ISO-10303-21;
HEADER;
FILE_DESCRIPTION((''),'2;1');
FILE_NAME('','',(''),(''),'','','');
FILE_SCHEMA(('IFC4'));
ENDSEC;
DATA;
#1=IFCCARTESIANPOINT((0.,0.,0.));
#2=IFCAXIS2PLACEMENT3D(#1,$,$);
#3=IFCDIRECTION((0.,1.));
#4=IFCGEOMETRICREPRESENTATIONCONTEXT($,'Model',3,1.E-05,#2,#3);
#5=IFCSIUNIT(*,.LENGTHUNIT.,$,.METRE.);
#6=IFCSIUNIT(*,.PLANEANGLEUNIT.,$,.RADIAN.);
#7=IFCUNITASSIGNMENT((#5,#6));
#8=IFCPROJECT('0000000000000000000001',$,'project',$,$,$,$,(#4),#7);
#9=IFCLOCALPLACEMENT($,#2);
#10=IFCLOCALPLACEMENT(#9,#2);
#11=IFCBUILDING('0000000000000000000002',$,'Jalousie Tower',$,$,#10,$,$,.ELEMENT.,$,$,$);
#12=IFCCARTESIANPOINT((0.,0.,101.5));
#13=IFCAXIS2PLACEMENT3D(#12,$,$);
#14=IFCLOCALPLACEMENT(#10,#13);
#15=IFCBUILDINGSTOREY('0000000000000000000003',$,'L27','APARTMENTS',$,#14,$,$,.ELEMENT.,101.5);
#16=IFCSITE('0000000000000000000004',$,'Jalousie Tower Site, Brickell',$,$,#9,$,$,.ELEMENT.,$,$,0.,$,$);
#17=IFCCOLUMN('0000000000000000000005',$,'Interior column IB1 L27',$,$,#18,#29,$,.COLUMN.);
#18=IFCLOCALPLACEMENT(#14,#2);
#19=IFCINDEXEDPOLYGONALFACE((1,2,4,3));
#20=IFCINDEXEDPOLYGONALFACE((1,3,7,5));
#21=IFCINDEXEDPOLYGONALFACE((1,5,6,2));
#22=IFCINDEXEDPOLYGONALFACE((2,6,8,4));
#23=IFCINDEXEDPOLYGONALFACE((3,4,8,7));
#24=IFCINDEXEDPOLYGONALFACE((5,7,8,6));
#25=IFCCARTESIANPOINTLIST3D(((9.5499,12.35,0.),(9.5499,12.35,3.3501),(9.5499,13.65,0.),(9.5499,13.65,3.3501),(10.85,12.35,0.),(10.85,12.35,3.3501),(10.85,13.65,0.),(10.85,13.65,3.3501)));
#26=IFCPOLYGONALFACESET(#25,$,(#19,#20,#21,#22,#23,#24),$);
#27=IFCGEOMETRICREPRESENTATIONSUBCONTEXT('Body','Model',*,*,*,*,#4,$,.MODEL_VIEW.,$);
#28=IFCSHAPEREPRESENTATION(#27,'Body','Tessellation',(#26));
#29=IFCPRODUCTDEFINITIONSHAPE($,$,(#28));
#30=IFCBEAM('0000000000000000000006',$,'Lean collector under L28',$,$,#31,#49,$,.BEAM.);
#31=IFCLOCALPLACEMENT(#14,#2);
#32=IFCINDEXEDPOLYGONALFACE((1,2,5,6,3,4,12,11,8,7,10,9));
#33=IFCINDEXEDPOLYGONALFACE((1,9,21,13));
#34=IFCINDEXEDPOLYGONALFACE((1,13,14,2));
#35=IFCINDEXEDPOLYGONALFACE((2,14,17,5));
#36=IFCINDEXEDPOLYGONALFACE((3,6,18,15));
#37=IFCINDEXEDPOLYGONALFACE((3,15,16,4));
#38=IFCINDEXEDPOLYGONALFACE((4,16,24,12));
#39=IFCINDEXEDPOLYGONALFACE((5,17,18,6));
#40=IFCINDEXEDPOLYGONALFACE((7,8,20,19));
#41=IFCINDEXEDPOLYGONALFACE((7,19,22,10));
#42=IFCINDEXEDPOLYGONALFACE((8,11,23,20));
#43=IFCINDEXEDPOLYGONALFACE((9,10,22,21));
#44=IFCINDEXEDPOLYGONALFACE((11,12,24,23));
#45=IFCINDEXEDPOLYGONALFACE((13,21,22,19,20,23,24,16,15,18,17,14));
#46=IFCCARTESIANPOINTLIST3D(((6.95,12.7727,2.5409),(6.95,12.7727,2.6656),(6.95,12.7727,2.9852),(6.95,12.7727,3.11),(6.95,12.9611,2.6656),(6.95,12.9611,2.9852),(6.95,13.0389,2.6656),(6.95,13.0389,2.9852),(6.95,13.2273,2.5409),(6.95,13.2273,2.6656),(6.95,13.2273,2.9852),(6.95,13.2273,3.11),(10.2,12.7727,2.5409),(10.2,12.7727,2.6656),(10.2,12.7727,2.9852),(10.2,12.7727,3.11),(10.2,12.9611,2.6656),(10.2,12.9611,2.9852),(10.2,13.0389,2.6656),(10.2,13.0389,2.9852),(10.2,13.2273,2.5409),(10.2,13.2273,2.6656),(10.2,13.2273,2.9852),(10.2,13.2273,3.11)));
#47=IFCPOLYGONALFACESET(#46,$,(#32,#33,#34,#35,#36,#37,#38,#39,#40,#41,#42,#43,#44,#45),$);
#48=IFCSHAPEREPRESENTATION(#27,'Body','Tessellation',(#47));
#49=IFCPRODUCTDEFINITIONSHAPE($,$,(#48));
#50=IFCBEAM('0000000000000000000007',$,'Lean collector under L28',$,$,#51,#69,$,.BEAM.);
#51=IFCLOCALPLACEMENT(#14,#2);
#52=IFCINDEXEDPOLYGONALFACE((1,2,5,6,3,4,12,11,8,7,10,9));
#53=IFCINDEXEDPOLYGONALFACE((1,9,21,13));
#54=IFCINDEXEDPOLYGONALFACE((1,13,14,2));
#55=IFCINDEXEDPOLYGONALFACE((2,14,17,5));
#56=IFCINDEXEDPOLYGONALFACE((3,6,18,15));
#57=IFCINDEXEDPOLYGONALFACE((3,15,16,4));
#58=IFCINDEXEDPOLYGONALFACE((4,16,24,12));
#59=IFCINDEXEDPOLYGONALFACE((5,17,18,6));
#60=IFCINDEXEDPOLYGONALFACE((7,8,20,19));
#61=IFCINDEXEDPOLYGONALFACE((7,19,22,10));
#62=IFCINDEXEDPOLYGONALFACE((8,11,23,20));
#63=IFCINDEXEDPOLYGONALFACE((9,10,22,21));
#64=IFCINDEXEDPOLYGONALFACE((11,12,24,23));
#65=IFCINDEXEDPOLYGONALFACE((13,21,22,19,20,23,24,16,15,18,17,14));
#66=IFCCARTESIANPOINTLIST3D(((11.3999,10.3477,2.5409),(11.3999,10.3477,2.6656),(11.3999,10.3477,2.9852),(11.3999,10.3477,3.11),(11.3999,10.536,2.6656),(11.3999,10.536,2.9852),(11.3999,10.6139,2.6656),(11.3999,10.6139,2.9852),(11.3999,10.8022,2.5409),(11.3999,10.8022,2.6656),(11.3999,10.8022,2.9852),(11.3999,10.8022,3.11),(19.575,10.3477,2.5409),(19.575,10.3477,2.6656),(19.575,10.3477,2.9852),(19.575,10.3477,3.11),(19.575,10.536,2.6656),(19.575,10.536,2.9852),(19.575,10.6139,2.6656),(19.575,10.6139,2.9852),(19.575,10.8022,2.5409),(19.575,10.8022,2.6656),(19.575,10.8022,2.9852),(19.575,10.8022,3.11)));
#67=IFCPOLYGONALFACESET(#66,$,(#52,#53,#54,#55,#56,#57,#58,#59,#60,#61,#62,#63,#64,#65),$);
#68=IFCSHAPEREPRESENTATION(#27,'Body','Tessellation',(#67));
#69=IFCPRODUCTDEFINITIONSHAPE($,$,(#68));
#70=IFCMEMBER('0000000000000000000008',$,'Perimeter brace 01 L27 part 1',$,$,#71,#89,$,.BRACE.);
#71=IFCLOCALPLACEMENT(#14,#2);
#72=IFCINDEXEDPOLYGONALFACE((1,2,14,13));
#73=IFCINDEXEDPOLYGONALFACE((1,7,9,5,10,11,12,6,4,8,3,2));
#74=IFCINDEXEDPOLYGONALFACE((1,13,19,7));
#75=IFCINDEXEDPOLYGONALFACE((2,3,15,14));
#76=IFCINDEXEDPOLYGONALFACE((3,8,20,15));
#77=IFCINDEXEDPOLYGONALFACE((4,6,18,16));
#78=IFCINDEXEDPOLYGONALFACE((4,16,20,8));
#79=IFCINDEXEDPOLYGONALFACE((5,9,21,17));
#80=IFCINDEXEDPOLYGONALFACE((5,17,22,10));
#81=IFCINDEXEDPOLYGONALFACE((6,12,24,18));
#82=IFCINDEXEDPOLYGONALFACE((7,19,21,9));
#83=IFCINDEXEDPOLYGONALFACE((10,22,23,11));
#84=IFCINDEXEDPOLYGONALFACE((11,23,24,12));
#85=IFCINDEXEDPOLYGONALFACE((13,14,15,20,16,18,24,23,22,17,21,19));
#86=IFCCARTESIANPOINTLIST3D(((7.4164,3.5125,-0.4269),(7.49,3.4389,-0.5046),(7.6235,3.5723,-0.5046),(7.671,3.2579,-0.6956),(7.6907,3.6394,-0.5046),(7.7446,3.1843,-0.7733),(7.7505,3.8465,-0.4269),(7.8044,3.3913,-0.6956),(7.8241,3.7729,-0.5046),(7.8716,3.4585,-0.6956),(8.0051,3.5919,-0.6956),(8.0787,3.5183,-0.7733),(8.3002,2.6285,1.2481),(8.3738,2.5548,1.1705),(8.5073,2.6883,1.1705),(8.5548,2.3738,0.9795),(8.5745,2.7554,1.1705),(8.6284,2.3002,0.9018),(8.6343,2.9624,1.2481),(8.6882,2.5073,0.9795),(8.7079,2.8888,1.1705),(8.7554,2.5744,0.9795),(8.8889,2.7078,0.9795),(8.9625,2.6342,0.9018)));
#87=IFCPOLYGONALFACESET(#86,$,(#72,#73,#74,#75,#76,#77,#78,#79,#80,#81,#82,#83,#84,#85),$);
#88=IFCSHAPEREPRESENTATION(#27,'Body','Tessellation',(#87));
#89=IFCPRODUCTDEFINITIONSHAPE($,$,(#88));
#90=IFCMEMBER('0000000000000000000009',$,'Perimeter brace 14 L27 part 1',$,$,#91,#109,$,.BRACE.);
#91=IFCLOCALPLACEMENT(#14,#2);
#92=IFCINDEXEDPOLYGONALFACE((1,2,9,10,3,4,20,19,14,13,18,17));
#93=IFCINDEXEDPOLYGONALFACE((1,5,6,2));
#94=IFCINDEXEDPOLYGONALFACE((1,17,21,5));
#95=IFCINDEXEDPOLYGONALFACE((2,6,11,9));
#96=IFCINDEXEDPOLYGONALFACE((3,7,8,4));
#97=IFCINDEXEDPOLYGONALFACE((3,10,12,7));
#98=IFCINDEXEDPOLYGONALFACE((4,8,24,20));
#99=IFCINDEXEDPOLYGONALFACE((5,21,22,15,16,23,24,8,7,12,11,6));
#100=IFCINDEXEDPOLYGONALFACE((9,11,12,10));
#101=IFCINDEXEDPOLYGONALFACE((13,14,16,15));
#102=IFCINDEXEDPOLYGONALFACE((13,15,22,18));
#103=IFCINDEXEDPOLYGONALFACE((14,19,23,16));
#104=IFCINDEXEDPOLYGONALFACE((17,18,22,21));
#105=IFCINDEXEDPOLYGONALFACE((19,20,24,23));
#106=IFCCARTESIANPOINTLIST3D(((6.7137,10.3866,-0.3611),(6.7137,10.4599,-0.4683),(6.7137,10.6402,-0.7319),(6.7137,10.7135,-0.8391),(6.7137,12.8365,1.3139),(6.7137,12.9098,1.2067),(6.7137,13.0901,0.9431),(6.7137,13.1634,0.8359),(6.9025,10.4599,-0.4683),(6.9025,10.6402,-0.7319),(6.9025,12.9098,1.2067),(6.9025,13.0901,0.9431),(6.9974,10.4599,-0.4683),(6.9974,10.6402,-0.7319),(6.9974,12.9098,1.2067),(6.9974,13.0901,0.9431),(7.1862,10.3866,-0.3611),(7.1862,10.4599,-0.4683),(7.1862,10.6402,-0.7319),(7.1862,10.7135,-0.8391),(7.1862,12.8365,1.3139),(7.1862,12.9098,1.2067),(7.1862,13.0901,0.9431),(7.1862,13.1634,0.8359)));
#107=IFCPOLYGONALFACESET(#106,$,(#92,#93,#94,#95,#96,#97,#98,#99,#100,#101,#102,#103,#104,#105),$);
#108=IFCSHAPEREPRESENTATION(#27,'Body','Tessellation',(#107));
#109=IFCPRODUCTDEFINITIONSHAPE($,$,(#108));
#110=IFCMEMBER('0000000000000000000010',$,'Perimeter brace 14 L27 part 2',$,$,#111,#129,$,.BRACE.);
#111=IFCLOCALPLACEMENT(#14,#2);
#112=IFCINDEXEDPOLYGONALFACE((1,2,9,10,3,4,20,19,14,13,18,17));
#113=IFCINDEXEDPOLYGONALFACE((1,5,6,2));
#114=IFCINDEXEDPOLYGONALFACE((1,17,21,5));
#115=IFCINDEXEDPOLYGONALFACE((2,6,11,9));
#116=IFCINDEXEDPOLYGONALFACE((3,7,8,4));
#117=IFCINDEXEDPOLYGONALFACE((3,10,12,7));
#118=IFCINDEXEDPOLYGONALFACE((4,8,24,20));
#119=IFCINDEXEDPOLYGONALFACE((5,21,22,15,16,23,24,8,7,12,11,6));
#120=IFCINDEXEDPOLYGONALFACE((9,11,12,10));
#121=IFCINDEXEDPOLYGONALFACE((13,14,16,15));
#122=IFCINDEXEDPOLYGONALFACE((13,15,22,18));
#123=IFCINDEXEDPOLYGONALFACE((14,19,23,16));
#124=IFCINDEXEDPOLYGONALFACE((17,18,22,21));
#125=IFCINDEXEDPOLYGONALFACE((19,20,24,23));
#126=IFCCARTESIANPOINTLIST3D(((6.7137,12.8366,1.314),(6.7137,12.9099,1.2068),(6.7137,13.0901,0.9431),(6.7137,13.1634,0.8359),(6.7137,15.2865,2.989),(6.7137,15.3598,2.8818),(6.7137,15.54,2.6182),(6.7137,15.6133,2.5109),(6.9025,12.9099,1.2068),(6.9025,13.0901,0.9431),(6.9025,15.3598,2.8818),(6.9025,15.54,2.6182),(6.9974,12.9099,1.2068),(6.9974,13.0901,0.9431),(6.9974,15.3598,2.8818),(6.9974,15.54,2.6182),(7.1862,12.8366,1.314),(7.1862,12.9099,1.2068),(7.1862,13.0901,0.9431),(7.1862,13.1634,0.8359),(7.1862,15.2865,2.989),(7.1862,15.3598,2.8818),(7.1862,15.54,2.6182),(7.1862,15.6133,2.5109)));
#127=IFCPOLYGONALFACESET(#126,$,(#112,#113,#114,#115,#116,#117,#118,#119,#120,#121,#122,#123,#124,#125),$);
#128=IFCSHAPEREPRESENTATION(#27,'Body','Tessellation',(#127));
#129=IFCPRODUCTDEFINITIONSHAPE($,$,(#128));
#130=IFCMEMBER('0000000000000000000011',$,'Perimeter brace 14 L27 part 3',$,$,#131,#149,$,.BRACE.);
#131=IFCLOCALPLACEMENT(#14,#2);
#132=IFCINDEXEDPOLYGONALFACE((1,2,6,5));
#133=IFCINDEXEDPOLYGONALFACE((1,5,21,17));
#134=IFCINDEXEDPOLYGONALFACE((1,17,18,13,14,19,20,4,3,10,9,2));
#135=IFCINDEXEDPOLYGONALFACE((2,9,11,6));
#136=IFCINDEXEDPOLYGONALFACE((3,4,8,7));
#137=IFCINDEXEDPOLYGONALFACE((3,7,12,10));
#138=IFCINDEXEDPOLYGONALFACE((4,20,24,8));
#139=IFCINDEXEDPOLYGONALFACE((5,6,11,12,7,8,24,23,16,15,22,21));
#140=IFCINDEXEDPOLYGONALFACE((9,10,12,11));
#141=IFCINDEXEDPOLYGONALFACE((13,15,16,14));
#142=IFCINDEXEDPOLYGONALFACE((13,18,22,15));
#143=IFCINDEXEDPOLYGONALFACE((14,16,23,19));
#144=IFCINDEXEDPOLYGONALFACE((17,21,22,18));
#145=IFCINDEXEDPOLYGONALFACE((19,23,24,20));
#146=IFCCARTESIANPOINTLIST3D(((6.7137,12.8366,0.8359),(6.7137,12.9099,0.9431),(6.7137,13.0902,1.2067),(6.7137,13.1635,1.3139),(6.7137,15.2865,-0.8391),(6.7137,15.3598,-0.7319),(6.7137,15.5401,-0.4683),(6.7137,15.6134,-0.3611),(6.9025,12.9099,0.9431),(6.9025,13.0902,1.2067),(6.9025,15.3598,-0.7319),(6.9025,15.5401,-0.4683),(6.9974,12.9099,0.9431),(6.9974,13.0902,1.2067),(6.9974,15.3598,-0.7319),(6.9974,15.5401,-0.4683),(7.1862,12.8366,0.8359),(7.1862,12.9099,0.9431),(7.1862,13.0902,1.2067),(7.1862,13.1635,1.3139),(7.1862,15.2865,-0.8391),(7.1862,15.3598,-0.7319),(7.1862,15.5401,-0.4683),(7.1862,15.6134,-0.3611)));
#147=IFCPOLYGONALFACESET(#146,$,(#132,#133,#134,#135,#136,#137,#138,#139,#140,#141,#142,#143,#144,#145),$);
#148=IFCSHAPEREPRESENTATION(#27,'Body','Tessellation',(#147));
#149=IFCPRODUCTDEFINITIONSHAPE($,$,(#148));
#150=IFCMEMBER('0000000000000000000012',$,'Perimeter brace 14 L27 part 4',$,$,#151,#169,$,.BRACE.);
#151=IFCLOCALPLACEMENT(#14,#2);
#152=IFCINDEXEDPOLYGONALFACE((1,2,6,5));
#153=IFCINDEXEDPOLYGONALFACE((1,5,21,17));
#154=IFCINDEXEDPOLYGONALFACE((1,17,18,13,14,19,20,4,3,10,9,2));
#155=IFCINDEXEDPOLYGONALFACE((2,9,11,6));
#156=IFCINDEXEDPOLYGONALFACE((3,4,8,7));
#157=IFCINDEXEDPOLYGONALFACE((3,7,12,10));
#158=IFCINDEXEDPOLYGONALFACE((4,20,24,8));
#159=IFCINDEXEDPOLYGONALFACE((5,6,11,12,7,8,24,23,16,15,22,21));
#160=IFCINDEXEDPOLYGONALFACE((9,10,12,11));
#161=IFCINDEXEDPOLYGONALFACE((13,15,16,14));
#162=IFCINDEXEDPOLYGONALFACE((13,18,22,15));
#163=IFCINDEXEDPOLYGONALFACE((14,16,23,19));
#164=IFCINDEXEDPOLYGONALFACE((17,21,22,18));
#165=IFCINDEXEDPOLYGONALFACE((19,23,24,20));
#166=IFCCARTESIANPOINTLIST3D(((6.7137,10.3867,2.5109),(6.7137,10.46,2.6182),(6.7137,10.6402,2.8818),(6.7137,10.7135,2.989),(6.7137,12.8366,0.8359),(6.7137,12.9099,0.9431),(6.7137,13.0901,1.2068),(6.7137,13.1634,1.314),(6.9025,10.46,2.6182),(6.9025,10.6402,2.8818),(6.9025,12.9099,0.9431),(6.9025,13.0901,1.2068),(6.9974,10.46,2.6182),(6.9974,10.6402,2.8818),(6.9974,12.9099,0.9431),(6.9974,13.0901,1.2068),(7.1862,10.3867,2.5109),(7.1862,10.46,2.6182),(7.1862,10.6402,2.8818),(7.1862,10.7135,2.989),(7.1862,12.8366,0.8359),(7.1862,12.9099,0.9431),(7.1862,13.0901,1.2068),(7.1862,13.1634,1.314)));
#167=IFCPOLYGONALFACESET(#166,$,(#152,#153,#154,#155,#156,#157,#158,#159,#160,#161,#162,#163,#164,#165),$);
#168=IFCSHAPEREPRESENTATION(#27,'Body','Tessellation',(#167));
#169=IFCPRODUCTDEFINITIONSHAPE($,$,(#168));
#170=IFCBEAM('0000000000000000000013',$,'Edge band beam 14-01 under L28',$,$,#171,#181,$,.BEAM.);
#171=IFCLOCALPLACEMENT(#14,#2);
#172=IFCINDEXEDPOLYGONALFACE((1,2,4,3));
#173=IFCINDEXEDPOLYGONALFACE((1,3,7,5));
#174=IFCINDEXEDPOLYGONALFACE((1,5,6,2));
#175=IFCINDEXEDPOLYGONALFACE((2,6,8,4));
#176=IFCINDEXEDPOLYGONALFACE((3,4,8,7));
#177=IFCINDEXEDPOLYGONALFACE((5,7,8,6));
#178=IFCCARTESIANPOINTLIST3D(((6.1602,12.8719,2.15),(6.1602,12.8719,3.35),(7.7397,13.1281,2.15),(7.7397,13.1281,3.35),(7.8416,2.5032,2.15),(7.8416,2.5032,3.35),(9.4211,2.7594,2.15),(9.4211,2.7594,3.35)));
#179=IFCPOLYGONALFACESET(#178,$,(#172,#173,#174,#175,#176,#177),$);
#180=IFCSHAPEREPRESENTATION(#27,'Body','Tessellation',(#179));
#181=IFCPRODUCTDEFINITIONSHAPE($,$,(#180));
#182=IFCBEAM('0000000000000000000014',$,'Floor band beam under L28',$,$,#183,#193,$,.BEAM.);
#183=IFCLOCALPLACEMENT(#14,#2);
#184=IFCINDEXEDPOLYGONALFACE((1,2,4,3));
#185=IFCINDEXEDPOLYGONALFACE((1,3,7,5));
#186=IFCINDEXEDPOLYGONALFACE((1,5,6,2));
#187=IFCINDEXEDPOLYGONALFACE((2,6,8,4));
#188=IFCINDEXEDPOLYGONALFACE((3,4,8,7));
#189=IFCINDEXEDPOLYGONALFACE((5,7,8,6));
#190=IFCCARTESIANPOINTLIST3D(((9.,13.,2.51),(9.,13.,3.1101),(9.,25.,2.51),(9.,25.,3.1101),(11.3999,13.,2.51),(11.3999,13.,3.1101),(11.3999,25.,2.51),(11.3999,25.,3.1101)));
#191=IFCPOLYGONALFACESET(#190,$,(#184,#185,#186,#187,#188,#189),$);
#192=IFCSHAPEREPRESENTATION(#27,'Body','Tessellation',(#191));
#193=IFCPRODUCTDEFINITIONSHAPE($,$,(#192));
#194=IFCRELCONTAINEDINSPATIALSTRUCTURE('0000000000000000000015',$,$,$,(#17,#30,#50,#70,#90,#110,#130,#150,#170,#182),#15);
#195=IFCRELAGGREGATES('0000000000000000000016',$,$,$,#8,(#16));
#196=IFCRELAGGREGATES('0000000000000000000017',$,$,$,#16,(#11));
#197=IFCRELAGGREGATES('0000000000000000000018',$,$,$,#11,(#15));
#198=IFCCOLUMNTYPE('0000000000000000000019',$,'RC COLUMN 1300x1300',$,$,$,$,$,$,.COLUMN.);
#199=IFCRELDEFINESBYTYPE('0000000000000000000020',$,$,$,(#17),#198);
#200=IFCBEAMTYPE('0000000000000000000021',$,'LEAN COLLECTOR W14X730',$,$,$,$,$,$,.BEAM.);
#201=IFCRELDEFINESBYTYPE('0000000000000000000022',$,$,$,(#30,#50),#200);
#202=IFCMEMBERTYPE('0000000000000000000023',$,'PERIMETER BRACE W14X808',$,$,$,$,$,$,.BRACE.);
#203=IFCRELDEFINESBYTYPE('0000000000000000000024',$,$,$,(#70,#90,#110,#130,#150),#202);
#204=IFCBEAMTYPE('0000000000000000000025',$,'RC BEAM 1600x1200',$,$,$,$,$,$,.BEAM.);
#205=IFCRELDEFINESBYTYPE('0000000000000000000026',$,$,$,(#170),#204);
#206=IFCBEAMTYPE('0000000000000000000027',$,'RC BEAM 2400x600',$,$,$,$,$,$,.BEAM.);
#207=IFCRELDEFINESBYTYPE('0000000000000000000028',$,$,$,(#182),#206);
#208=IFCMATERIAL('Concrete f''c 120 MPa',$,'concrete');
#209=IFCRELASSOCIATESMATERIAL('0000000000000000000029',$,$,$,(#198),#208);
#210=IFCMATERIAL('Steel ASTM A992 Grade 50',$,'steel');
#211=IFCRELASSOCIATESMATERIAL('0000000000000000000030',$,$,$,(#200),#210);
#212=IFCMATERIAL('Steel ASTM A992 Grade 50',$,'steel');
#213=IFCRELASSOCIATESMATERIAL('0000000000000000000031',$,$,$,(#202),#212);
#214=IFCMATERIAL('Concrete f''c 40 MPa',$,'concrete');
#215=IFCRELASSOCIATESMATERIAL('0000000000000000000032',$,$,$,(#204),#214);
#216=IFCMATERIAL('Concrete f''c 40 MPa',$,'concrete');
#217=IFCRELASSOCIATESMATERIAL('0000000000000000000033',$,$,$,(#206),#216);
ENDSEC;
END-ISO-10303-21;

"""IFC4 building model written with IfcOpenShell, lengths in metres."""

from ifc_helpers import new_model, si_unit, direction, frame, origin, origin_2d, place, context, subcontext, project, spatial, rectangle, i_section, extrude, material, material_profile, profile_set, type_object, element, save


model = new_model("IFC4")

# Units and contexts
model_context = context("Model", 3, precision=1e-05, world=origin(), true_north=direction((0.0, 1.0)))
body_context = subcontext(model_context, "Body", "Model", "MODEL_VIEW")
ifc_project = project(units=[si_unit("LENGTHUNIT", "METRE"), si_unit("PLANEANGLEUNIT", "RADIAN")], contexts=[model_context])

# Site, building, storey
site_placement = place(None, origin())
site = spatial("IfcSite", under=ifc_project, at=site_placement, Name="Jalousie Tower Site, Brickell", CompositionType="ELEMENT", RefElevation=0.0)
building_placement = place(site_placement, origin())
building = spatial("IfcBuilding", under=site, at=building_placement, Name="Jalousie Tower", CompositionType="ELEMENT")
storey_placement = place(building_placement, frame((0.0, 0.0, 101.5)))
storey = spatial("IfcBuildingStorey", under=building, at=storey_placement, Name="L27", Description="APARTMENTS", CompositionType="ELEMENT", Elevation=101.5)

# Column
ifc_material_1 = material(Name="Concrete f'c 120 MPa", Category="concrete")
ifc_material_profile_1 = material_profile(ifc_material_1, rectangle(XDim=1.3, YDim=1.3, at=origin_2d()), Name="RC 1300x1300")
ifc_profile_set_1 = profile_set([ifc_material_profile_1], Name="Concrete f'c 120 MPa")
column_type = type_object("IfcColumnType", Name="RC COLUMN 1300x1300", PredefinedType="COLUMN", material=ifc_profile_set_1)
column_placement = place(storey_placement, frame((10.2, 13.0, 0.0), z_axis=(0.0, 0.0, 1.0), x_axis=(1.0, 0.0, 0.0)))
element("IfcColumn", 1, at=column_placement, inside=storey, type_object=column_type, Name="Interior column IB1 L27", PredefinedType="COLUMN", context=body_context, shape_type="SweptSolid", body=[
    extrude(rectangle(XDim=1.3, YDim=1.3, at=origin_2d()), origin(), (0.0, 0.0, 1.0), 3.3501),
])

# Beams
ifc_material_2 = material(Name="Steel ASTM A992 Grade 50", Category="steel")
ifc_material_profile_2 = material_profile(ifc_material_2, i_section(OverallWidth=0.4546, OverallDepth=0.5691, WebThickness=0.0779, FlangeThickness=0.1248, at=origin_2d()), Name="W14X730")
ifc_profile_set_2 = profile_set([ifc_material_profile_2], Name="Steel ASTM A992 Grade 50")
beam_type_1 = type_object("IfcBeamType", Name="LEAN COLLECTOR W14X730", PredefinedType="BEAM", material=ifc_profile_set_2)
beam_1_placement = place(storey_placement, frame((6.95, 13.0, 2.8254), z_axis=(1.0, 0.0, 0.0), x_axis=(0.0, 1.0, 0.0)))
element("IfcBeam", 2, at=beam_1_placement, inside=storey, type_object=beam_type_1, Name="Lean collector under L28", PredefinedType="BEAM", context=body_context, shape_type="SweptSolid", body=[
    extrude(i_section(OverallWidth=0.4546, OverallDepth=0.5691, WebThickness=0.0779, FlangeThickness=0.1248, at=origin_2d()), origin(), (0.0, 0.0, 1.0), 3.25),
])
beam_2_placement = place(storey_placement, frame((11.3999, 10.575, 2.8254), z_axis=(1.0, 0.0, 0.0), x_axis=(0.0, 1.0, 0.0)))
element("IfcBeam", 3, at=beam_2_placement, inside=storey, type_object=beam_type_1, Name="Lean collector under L28", PredefinedType="BEAM", context=body_context, shape_type="SweptSolid", body=[
    extrude(i_section(OverallWidth=0.4546, OverallDepth=0.5691, WebThickness=0.0779, FlangeThickness=0.1248, at=origin_2d()), origin(), (0.0, 0.0, 1.0), 8.175),
])

# Members
ifc_material_3 = material(Name="Steel ASTM A992 Grade 50", Category="steel")
ifc_material_profile_3 = material_profile(ifc_material_3, i_section(OverallWidth=0.4724, OverallDepth=0.5791, WebThickness=0.095, FlangeThickness=0.1299, at=origin_2d()), Name="W14X808")
ifc_profile_set_3 = profile_set([ifc_material_profile_3], Name="Steel ASTM A992 Grade 50")
member_type_1 = type_object("IfcMemberType", Name="PERIMETER BRACE W14X808", PredefinedType="BRACE", material=ifc_profile_set_3)
member_1_placement = place(storey_placement, frame((7.7476, 3.5154, -0.6001), z_axis=(0.422852, -0.422969, 0.801432), x_axis=(0.707204, 0.707009, 0.0)))
element("IfcMember", 4, at=member_1_placement, inside=storey, type_object=member_type_1, Name="Perimeter brace 01 L27 part 1", PredefinedType="BRACE", context=body_context, shape_type="SweptSolid", body=[
    extrude(i_section(OverallWidth=0.4724, OverallDepth=0.5791, WebThickness=0.095, FlangeThickness=0.1299, at=origin_2d()), origin(), (0.0, 0.0, 1.0), 2.0901),
])
for number, where, z_axis, x_axis, name in (
    (5, (6.95, 10.55, -0.6001), (0.0, 0.825501, 0.564401), (-1.0, 0.0, 0.0), "Perimeter brace 14 L27 part 1"),
    (6, (6.95, 13.0, 1.075), (0.0, 0.825501, 0.564401), (-1.0, 0.0, 0.0), "Perimeter brace 14 L27 part 2"),
    (7, (6.95, 15.45, -0.6001), (0.0, -0.825501, 0.564401), (1.0, 0.0, 0.0), "Perimeter brace 14 L27 part 3"),
    (8, (6.95, 13.0, 1.075), (0.0, -0.825501, 0.564401), (1.0, 0.0, 0.0), "Perimeter brace 14 L27 part 4"),
):
    element("IfcMember", number, at=place(storey_placement, frame(where, z_axis=z_axis, x_axis=x_axis)), inside=storey, type_object=member_type_1, Name=name, PredefinedType="BRACE", context=body_context, shape_type="SweptSolid", body=[
        extrude(i_section(OverallWidth=0.4724, OverallDepth=0.5791, WebThickness=0.095, FlangeThickness=0.1299, at=origin_2d()), origin(), (0.0, 0.0, 1.0), 2.9678),
    ])

# Beams
ifc_material_4 = material(Name="Concrete f'c 40 MPa", Category="concrete")
ifc_material_profile_4 = material_profile(ifc_material_4, rectangle(XDim=1.6001, YDim=1.2, at=origin_2d()), Name="RC 1600x1200")
ifc_profile_set_4 = profile_set([ifc_material_profile_4], Name="Concrete f'c 40 MPa")
beam_type_2 = type_object("IfcBeamType", Name="RC BEAM 1600x1200", PredefinedType="BEAM", material=ifc_profile_set_4)
beam_3_placement = place(storey_placement, frame((6.95, 13.0, 2.75), z_axis=(0.160071, -0.987106, 0.0), x_axis=(0.987106, 0.160071, 0.0)))
element("IfcBeam", 9, at=beam_3_placement, inside=storey, type_object=beam_type_2, Name="Edge band beam 14-01 under L28", PredefinedType="BEAM", context=body_context, shape_type="SweptSolid", body=[
    extrude(rectangle(XDim=1.6001, YDim=1.2, at=origin_2d()), origin(), (0.0, 0.0, 1.0), 10.5042),
])
ifc_material_5 = material(Name="Concrete f'c 40 MPa", Category="concrete")
ifc_material_profile_5 = material_profile(ifc_material_5, rectangle(XDim=2.3999, YDim=0.6001, at=origin_2d()), Name="RC 2400x600")
ifc_profile_set_5 = profile_set([ifc_material_profile_5], Name="Concrete f'c 40 MPa")
beam_type_3 = type_object("IfcBeamType", Name="RC BEAM 2400x600", PredefinedType="BEAM", material=ifc_profile_set_5)
beam_4_placement = place(storey_placement, frame((10.2, 13.0, 2.8101), z_axis=(0.0, 1.0, 0.0), x_axis=(-1.0, 0.0, 0.0)))
element("IfcBeam", 10, at=beam_4_placement, inside=storey, type_object=beam_type_3, Name="Floor band beam under L28", PredefinedType="BEAM", context=body_context, shape_type="SweptSolid", body=[
    extrude(rectangle(XDim=2.3999, YDim=0.6001, at=origin_2d()), origin(), (0.0, 0.0, 1.0), 12.0),
])

save(model, "model.ifc")
